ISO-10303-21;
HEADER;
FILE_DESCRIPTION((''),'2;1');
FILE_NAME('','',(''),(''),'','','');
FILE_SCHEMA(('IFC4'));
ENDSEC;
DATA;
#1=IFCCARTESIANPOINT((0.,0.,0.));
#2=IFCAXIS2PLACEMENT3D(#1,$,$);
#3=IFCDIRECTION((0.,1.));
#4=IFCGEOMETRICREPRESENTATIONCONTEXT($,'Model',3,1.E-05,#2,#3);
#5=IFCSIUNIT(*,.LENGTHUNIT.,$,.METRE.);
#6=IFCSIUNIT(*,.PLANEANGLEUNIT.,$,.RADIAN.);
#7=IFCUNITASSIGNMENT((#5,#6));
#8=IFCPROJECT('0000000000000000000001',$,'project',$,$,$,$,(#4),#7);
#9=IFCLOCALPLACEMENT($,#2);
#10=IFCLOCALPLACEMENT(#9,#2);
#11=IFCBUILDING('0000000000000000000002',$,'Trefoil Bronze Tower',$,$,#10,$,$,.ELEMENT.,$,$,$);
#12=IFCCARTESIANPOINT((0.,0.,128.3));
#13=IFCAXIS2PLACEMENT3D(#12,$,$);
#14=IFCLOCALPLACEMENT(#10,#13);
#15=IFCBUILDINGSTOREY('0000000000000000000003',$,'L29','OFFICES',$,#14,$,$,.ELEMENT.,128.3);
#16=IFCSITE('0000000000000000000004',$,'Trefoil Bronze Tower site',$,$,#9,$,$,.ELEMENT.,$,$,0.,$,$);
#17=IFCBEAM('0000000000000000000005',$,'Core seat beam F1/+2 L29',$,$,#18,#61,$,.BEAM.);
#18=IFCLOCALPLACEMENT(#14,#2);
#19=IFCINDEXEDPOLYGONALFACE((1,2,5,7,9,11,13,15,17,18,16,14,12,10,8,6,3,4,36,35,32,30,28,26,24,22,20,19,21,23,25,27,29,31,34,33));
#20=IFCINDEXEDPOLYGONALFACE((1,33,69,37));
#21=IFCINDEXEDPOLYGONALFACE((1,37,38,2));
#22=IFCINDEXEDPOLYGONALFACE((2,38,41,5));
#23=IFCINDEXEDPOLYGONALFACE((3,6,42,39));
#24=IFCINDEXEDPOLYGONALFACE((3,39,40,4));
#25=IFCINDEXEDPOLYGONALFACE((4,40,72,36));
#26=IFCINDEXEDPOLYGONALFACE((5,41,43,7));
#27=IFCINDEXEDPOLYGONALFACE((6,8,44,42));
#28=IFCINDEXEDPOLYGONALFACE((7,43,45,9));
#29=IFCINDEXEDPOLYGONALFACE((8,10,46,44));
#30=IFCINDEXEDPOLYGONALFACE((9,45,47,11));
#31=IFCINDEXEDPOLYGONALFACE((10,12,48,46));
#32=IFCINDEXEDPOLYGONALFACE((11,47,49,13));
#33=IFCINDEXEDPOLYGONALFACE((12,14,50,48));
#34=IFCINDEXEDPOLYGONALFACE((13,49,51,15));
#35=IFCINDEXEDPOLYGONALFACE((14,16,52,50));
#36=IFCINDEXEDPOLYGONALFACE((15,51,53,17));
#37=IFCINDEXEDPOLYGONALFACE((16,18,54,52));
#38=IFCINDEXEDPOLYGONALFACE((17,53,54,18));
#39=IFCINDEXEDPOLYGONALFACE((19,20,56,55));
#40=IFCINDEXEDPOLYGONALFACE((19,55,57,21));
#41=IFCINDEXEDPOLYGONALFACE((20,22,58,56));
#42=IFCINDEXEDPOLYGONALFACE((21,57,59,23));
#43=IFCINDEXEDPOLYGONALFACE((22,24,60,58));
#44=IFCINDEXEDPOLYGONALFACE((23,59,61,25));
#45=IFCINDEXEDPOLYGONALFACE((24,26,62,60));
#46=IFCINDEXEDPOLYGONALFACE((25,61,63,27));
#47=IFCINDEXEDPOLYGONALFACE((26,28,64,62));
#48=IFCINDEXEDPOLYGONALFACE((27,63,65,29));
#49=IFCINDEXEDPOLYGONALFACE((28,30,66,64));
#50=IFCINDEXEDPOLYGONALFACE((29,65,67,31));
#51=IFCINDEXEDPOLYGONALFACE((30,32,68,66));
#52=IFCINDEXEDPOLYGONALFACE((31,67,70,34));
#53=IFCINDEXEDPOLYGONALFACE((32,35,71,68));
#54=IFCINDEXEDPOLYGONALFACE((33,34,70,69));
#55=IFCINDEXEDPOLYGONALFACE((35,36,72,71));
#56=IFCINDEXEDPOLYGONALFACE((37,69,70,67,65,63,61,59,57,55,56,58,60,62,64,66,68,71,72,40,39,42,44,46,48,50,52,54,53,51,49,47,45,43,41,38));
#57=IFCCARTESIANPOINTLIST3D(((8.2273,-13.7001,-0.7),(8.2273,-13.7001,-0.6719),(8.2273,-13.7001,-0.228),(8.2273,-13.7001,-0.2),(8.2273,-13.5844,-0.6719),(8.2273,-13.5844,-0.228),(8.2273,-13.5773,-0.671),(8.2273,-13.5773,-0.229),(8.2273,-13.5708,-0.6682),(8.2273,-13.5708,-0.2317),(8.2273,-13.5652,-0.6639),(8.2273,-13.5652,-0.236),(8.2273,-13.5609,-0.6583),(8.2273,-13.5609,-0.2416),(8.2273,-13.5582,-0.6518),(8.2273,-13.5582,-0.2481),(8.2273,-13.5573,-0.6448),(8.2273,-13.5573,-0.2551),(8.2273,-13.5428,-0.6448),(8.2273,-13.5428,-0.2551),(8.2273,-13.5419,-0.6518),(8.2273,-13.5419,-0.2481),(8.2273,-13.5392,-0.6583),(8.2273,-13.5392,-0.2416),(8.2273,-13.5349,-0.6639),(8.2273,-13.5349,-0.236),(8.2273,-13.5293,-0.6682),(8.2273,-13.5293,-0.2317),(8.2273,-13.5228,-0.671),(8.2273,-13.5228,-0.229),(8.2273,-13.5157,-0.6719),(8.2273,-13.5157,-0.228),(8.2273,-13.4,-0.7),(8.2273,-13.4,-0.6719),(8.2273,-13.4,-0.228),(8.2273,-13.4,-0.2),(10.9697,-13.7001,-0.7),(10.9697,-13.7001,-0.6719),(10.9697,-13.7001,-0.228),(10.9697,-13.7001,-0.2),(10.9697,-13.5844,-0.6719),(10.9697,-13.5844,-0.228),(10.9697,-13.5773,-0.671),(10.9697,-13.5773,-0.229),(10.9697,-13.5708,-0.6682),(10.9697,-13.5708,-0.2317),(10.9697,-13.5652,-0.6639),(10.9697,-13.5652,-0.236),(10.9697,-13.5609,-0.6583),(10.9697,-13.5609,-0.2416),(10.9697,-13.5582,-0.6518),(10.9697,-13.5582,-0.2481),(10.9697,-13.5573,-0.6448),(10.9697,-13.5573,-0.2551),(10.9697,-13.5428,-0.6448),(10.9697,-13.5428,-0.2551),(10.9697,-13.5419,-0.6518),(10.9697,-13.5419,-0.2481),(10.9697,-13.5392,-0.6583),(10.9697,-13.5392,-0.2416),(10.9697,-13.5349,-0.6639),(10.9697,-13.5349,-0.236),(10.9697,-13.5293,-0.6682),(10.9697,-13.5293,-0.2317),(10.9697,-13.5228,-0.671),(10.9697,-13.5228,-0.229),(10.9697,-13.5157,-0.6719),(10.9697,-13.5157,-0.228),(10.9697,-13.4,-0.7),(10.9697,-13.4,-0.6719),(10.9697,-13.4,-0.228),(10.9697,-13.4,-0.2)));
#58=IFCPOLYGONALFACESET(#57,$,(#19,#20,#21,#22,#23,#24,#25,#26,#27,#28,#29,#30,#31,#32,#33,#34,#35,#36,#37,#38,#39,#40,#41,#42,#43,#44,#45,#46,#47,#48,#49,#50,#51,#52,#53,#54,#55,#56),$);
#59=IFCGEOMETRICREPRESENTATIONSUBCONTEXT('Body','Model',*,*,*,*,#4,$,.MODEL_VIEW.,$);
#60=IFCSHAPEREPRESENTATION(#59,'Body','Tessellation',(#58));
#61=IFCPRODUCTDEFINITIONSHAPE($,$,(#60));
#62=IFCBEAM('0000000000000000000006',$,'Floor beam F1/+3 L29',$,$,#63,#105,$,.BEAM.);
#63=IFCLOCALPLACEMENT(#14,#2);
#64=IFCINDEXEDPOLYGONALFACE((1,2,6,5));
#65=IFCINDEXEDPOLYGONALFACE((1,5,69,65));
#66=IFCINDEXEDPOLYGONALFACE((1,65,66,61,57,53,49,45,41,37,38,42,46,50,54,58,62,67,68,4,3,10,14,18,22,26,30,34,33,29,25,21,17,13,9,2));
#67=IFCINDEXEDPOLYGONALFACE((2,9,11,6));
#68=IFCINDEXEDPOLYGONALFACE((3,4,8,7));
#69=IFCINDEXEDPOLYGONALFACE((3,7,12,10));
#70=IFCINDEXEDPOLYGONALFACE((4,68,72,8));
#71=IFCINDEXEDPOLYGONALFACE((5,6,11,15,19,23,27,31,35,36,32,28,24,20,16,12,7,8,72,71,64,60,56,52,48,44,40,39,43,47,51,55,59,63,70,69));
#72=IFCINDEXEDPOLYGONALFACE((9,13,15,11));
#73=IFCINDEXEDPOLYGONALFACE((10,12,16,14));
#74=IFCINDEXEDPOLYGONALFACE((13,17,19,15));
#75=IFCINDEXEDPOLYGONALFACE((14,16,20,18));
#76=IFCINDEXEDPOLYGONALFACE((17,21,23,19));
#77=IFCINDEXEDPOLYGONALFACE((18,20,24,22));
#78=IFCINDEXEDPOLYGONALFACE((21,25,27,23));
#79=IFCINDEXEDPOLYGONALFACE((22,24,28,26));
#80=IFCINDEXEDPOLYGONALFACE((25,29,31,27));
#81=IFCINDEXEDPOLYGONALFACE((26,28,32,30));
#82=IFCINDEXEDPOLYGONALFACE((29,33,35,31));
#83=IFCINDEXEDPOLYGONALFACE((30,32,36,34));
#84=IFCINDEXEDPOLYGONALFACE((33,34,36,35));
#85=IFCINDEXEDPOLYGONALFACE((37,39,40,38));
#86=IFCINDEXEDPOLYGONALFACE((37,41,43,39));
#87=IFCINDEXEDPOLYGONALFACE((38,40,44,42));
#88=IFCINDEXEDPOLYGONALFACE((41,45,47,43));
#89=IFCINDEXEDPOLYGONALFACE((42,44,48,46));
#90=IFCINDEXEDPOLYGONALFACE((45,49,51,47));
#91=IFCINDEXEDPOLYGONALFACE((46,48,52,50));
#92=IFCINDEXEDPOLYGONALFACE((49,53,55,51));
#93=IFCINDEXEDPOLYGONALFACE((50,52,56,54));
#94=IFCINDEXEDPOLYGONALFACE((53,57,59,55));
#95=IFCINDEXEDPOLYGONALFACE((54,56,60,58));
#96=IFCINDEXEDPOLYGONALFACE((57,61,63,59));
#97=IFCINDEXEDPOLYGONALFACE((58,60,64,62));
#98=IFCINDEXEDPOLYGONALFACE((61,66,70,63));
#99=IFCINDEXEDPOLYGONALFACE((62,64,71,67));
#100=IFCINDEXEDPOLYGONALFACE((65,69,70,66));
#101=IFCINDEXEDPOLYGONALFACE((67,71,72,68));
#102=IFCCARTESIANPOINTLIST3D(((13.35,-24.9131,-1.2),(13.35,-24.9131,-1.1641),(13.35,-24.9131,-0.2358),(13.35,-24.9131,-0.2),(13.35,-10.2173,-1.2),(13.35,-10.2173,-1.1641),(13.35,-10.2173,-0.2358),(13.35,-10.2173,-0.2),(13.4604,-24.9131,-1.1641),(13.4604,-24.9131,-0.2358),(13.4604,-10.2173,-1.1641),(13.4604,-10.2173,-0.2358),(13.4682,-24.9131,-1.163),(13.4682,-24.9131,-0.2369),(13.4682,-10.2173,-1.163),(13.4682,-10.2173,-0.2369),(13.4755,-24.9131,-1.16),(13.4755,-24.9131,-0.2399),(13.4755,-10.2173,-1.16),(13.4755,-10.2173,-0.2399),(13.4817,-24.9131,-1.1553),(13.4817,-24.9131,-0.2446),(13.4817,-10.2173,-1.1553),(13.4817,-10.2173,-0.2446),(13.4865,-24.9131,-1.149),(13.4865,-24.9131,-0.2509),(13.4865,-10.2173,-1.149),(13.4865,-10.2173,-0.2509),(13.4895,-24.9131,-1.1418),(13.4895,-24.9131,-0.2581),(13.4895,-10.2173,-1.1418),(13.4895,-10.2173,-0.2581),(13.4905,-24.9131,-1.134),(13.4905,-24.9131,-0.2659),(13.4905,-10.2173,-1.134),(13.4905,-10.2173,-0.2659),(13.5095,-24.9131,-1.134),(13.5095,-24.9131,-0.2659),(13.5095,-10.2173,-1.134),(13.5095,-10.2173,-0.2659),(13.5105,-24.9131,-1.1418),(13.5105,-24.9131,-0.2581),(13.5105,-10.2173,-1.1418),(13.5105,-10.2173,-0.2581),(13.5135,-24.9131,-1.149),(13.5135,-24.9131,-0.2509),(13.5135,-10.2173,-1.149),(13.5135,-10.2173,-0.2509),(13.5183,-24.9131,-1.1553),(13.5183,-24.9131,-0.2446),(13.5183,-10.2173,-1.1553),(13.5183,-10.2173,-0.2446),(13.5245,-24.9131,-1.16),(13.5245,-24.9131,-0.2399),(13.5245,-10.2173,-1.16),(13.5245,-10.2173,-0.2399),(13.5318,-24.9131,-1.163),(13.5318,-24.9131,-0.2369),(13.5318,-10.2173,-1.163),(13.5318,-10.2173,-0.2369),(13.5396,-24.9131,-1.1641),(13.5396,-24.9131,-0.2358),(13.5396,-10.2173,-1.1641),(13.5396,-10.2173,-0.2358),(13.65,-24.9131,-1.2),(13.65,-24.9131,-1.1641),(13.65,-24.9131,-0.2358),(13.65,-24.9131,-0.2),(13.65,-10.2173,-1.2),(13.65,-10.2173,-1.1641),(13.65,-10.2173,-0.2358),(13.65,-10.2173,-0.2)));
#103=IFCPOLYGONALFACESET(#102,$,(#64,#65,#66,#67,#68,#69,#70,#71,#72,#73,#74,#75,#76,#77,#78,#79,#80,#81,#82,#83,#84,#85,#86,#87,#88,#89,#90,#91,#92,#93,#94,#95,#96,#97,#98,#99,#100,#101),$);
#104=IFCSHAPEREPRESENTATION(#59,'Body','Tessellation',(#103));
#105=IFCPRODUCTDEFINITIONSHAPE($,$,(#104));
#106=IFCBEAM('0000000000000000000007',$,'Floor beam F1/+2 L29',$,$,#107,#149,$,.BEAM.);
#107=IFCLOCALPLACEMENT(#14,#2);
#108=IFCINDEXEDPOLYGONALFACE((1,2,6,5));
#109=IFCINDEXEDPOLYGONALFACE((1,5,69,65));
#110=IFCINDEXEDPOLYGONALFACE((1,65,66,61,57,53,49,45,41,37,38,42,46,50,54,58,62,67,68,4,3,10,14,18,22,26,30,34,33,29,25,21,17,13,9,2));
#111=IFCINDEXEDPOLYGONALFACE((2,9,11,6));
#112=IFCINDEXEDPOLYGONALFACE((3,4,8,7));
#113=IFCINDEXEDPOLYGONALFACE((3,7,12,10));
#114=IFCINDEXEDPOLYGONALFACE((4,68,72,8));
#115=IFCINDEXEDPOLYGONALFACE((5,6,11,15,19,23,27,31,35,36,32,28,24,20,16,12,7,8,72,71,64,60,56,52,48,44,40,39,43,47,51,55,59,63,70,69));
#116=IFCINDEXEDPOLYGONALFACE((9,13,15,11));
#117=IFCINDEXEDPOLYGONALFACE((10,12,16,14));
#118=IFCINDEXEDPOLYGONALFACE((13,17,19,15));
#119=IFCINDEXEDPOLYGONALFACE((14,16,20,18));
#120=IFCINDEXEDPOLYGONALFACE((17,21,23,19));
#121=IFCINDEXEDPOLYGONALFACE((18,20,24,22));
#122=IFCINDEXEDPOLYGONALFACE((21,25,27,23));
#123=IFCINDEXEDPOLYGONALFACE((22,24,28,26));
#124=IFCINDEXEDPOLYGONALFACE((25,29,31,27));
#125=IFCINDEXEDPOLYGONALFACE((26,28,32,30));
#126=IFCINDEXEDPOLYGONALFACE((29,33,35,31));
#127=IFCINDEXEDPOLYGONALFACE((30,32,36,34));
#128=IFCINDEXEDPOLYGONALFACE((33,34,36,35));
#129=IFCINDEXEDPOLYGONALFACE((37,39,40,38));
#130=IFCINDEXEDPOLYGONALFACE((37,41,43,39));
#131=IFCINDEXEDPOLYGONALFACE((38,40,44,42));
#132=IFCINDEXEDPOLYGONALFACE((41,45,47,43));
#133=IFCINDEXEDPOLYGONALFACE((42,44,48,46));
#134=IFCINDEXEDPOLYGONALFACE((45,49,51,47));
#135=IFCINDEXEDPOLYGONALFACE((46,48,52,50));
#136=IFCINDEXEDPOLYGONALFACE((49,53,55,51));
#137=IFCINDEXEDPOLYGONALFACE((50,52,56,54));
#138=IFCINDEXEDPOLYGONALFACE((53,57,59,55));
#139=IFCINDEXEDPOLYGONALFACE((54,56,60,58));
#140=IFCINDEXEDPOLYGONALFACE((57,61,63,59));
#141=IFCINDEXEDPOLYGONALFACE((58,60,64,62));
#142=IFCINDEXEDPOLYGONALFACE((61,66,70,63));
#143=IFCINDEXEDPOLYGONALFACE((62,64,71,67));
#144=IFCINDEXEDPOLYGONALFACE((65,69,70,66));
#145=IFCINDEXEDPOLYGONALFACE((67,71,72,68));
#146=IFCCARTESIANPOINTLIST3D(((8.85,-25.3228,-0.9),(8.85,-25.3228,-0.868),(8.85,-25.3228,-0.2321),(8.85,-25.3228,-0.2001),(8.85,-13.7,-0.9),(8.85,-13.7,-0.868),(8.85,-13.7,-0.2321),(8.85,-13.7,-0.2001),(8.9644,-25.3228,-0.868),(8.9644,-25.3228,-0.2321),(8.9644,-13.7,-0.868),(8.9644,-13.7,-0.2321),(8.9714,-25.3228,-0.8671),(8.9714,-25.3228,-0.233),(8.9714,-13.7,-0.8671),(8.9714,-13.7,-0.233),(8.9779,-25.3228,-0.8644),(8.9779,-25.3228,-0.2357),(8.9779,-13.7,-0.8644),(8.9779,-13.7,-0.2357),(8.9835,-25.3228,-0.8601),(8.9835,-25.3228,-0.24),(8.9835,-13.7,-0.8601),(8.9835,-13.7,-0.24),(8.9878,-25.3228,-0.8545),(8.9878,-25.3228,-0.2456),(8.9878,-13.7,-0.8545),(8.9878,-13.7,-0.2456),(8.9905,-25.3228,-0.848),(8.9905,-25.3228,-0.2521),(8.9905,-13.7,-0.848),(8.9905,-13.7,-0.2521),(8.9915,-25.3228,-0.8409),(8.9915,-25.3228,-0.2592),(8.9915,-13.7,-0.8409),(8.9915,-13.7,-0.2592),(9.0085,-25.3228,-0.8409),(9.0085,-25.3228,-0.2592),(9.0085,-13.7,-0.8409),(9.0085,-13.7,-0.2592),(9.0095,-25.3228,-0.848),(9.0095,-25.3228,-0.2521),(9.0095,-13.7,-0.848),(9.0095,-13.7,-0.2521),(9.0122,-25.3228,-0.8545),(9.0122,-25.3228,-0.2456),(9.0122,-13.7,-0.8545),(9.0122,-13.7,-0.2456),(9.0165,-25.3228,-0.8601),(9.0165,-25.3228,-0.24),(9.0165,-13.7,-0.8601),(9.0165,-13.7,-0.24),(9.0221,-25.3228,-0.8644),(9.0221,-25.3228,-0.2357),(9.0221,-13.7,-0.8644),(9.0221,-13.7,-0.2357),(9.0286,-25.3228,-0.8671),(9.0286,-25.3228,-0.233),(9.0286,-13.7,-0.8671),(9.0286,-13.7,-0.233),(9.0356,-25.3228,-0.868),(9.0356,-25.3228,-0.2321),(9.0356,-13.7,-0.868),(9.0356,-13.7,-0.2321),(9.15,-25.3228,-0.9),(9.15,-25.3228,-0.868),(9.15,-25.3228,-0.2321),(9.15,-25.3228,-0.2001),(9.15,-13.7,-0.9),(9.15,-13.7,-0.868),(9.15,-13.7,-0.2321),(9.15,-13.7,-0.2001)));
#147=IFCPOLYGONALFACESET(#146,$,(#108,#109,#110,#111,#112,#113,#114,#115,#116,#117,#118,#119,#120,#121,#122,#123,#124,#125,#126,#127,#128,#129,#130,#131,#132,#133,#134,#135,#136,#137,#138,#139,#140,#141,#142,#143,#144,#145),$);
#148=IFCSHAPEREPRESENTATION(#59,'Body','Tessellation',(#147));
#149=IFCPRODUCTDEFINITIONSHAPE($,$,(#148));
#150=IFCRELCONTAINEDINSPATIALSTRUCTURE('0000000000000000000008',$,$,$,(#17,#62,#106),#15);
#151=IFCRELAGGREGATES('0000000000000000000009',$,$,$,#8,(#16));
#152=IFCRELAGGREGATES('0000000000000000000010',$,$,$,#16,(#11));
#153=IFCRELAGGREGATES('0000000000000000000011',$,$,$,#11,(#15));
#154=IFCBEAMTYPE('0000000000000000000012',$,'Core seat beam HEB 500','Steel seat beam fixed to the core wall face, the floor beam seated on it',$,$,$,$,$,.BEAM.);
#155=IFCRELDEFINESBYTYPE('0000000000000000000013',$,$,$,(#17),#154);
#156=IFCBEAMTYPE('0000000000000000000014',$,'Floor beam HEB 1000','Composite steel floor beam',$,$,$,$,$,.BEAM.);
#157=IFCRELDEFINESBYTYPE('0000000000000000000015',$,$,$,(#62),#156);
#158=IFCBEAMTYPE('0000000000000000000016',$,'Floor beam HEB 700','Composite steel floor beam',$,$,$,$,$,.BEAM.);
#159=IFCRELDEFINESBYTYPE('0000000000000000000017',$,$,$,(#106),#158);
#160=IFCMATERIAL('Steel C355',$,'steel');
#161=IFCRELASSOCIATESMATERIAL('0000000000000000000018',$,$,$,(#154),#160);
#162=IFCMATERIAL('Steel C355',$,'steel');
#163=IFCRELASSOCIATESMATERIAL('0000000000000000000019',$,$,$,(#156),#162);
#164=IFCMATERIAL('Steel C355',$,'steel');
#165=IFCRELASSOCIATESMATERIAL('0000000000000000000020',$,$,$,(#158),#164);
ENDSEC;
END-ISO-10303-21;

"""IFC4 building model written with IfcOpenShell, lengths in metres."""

from ifc_helpers import new_model, si_unit, direction, frame, origin, origin_2d, place, context, subcontext, project, spatial, i_section, extrude, material, material_profile, profile_set, type_object, element, save


model = new_model("IFC4")

# Units and contexts
model_context = context("Model", 3, precision=1e-05, world=origin(), true_north=direction((0.0, 1.0)))
body_context = subcontext(model_context, "Body", "Model", "MODEL_VIEW")
ifc_project = project(units=[si_unit("LENGTHUNIT", "METRE"), si_unit("PLANEANGLEUNIT", "RADIAN")], contexts=[model_context])

# Site, building, storey
site_placement = place(None, origin())
site = spatial("IfcSite", under=ifc_project, at=site_placement, Name="Trefoil Bronze Tower site", CompositionType="ELEMENT", RefElevation=0.0)
building_placement = place(site_placement, origin())
building = spatial("IfcBuilding", under=site, at=building_placement, Name="Trefoil Bronze Tower", CompositionType="ELEMENT")
storey_placement = place(building_placement, frame((0.0, 0.0, 128.3)))
storey = spatial("IfcBuildingStorey", under=building, at=storey_placement, Name="L29", Description="OFFICES", CompositionType="ELEMENT", Elevation=128.3)

# Beams
ifc_material_1 = material(Name="Steel C355", Category="steel")
ifc_material_profile_1 = material_profile(ifc_material_1, i_section(OverallWidth=0.3, OverallDepth=0.5, WebThickness=0.0144, FlangeThickness=0.0281, FilletRadius=0.0271, at=origin_2d()), Name="HEB 500")
ifc_profile_set_1 = profile_set([ifc_material_profile_1], Name="Steel C355")
beam_type_1 = type_object("IfcBeamType", Name="Core seat beam HEB 500", Description="Steel seat beam fixed to the core wall face, the floor beam seated on it", PredefinedType="BEAM", material=ifc_profile_set_1)
for number, where, z_axis, x_axis, name in (
    (1, (8.2273, -13.55, -0.45), (1.0, 0.0, 0.0), (0.0, 1.0, 0.0), "Core seat beam F1/+2 L29"),
):
    element("IfcBeam", number, at=place(storey_placement, frame(where, z_axis=z_axis, x_axis=x_axis)), inside=storey, type_object=beam_type_1, Name=name, PredefinedType="BEAM", context=body_context, shape_type="SweptSolid", body=[
        extrude(i_section(OverallWidth=0.3, OverallDepth=0.5, WebThickness=0.0144, FlangeThickness=0.0281, FilletRadius=0.0271, at=origin_2d()), origin(), (0.0, 0.0, 1.0), 2.7424),
    ])
ifc_material_2 = material(Name="Steel C355", Category="steel")
ifc_material_profile_2 = material_profile(ifc_material_2, i_section(OverallWidth=0.3, OverallDepth=1.0, WebThickness=0.019, FlangeThickness=0.0359, FilletRadius=0.03, at=origin_2d()), Name="HEB 1000")
ifc_profile_set_2 = profile_set([ifc_material_profile_2], Name="Steel C355")
beam_type_2 = type_object("IfcBeamType", Name="Floor beam HEB 1000", Description="Composite steel floor beam", PredefinedType="BEAM", material=ifc_profile_set_2)
beam_1_placement = place(storey_placement, frame((13.5, -24.9131, -0.7), z_axis=(0.0, 1.0, 0.0), x_axis=(-1.0, 0.0, 0.0)))
element("IfcBeam", 2, at=beam_1_placement, inside=storey, type_object=beam_type_2, Name="Floor beam F1/+3 L29", PredefinedType="BEAM", context=body_context, shape_type="SweptSolid", body=[
    extrude(i_section(OverallWidth=0.3, OverallDepth=1.0, WebThickness=0.019, FlangeThickness=0.0359, FilletRadius=0.03, at=origin_2d()), origin(), (0.0, 0.0, 1.0), 14.6958),
])
ifc_material_3 = material(Name="Steel C355", Category="steel")
ifc_material_profile_3 = material_profile(ifc_material_3, i_section(OverallWidth=0.3, OverallDepth=0.7, WebThickness=0.0171, FlangeThickness=0.032, FilletRadius=0.0271, at=origin_2d()), Name="HEB 700")
ifc_profile_set_3 = profile_set([ifc_material_profile_3], Name="Steel C355")
beam_type_3 = type_object("IfcBeamType", Name="Floor beam HEB 700", Description="Composite steel floor beam", PredefinedType="BEAM", material=ifc_profile_set_3)
beam_2_placement = place(storey_placement, frame((9.0, -25.3228, -0.55), z_axis=(0.0, 1.0, 0.0), x_axis=(-1.0, 0.0, 0.0)))
element("IfcBeam", 3, at=beam_2_placement, inside=storey, type_object=beam_type_3, Name="Floor beam F1/+2 L29", PredefinedType="BEAM", context=body_context, shape_type="SweptSolid", body=[
    extrude(i_section(OverallWidth=0.3, OverallDepth=0.7, WebThickness=0.0171, FlangeThickness=0.032, FilletRadius=0.0271, at=origin_2d()), origin(), (0.0, 0.0, 1.0), 11.6228),
])

save(model, "model.ifc")
